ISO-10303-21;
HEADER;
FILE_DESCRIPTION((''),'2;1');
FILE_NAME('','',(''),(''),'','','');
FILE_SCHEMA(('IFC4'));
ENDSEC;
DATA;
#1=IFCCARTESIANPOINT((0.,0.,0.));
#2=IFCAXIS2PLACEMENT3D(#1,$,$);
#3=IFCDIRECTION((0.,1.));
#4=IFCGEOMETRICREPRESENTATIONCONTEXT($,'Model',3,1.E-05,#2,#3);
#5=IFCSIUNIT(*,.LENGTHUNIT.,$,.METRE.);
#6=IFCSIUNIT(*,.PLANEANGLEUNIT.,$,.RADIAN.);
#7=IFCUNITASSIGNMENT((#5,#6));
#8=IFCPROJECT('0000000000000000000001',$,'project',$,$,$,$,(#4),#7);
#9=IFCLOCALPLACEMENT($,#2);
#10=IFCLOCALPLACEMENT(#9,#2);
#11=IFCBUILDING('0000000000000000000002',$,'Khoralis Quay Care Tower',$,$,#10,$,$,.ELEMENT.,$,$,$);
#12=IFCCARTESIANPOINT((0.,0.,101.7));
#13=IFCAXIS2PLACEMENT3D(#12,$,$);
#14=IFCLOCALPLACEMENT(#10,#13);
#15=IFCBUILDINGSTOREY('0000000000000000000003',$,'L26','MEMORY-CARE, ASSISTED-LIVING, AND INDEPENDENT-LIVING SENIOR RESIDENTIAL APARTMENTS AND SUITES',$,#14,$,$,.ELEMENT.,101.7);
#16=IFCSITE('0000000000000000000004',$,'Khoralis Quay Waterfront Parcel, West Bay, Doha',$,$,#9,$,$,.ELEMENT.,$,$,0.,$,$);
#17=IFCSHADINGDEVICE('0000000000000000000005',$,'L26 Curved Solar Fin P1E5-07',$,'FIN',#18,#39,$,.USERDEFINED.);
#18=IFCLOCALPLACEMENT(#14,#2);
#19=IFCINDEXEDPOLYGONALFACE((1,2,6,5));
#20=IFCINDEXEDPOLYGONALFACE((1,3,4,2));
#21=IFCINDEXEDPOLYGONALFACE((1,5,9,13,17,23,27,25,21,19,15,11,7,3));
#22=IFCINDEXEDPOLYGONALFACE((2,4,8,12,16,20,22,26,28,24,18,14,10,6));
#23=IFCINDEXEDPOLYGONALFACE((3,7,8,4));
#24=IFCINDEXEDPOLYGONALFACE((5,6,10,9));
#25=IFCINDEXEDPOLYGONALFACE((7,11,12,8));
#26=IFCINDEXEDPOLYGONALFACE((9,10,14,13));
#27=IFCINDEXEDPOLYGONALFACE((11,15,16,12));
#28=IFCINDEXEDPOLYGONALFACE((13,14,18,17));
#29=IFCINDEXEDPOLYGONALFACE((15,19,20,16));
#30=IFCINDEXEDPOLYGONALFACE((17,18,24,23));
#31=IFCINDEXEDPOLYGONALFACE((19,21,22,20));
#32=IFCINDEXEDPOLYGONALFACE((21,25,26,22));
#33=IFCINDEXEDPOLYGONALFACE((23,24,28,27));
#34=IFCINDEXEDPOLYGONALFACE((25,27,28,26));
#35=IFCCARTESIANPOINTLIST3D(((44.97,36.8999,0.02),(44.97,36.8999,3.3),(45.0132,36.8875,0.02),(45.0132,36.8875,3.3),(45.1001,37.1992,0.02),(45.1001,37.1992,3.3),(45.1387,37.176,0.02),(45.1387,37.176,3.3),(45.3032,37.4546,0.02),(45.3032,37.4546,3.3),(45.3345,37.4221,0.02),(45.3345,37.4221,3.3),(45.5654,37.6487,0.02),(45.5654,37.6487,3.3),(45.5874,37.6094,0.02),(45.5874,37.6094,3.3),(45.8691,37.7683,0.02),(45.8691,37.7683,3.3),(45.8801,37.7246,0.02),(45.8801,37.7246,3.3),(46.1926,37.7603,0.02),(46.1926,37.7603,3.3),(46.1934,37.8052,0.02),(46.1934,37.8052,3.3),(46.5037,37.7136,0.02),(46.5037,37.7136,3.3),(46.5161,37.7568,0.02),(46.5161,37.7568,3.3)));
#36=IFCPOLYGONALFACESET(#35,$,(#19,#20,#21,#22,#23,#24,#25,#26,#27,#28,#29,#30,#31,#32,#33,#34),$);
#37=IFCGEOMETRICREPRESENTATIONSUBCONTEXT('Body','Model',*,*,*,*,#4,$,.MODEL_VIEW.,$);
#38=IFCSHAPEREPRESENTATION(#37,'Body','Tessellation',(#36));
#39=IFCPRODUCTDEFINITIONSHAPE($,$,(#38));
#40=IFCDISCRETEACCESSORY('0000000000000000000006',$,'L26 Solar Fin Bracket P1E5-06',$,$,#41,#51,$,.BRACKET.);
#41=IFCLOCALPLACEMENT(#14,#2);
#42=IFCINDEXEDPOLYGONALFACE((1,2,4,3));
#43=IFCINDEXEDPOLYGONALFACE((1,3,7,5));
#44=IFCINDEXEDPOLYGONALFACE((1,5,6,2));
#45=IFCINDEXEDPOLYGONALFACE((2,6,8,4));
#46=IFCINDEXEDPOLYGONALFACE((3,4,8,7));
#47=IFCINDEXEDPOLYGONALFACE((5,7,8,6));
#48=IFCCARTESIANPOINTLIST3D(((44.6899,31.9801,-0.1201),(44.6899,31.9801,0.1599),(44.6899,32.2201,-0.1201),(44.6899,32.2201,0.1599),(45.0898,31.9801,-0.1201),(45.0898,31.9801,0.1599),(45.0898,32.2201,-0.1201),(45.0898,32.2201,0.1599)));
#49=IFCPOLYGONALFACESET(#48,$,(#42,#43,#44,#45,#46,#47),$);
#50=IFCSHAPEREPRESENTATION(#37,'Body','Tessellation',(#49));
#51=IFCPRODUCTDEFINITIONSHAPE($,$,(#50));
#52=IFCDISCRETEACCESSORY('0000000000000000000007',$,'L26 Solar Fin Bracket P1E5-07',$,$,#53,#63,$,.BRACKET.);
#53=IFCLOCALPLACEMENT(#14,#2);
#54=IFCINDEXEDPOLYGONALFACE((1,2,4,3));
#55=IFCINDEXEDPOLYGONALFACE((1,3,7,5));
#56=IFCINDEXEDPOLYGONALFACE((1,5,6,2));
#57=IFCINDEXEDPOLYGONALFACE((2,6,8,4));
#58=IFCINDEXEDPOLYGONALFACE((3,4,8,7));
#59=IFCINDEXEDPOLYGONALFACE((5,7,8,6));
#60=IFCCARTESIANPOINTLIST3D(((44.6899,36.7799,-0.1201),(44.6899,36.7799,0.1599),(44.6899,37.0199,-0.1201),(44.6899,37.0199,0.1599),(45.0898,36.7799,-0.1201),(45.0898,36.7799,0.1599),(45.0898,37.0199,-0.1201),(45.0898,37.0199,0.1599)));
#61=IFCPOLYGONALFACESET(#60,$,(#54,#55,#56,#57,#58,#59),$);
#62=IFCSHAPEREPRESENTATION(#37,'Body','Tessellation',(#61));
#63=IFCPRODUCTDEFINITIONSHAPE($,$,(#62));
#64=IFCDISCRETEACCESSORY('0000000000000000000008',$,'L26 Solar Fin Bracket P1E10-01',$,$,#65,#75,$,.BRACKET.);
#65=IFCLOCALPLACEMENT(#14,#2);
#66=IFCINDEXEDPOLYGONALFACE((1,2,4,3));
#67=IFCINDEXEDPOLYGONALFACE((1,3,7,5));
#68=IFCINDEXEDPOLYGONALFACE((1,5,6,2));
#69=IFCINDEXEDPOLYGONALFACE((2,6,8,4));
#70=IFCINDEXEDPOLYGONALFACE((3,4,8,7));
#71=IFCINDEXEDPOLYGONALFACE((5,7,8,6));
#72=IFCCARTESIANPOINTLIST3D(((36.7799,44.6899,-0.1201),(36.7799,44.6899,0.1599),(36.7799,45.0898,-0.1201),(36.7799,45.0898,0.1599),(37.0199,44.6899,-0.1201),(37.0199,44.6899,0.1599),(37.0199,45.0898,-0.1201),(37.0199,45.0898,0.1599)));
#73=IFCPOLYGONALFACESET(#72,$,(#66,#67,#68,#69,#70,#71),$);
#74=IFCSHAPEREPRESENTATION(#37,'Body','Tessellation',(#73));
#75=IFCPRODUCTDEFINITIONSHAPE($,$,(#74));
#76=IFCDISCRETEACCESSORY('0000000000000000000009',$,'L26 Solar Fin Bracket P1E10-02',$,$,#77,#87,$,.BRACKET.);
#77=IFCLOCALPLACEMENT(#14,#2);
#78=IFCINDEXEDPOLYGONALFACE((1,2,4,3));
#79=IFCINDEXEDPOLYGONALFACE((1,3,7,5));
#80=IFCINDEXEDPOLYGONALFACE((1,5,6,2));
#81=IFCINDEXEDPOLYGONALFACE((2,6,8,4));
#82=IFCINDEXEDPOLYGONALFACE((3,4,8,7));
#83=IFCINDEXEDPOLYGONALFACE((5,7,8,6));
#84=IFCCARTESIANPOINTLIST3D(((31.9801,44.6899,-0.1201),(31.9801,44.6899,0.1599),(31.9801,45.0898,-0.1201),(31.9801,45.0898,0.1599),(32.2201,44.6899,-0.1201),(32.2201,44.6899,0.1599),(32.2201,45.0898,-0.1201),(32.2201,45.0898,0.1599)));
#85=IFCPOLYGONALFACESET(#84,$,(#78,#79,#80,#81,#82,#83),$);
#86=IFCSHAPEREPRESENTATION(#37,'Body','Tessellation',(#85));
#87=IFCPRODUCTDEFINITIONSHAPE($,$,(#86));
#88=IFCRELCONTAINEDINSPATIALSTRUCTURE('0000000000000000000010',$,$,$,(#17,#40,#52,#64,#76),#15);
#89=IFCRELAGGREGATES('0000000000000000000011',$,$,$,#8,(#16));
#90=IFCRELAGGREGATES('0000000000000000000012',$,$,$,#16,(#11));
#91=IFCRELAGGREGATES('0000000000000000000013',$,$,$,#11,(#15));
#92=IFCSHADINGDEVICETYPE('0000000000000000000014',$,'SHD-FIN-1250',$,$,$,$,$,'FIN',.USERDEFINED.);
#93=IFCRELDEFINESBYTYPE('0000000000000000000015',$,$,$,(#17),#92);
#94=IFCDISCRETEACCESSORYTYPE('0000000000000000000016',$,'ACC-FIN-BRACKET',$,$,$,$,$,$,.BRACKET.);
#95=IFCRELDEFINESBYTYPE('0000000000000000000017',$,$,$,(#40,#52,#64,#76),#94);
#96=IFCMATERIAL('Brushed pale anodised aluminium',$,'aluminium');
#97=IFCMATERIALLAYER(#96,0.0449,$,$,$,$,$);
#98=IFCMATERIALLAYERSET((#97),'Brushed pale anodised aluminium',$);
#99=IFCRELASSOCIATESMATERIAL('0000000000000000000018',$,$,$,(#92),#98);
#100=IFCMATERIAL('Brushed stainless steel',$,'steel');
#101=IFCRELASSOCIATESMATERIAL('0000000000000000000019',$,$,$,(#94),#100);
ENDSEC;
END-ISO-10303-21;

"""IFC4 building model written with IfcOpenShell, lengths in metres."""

from ifc_helpers import new_model, si_unit, direction, frame, origin, origin_2d, place, context, subcontext, project, spatial, polyline, rectangle, outline, extrude, source, transform, mapped, material, layer, layer_set, type_object, element, save


model = new_model("IFC4")

# Units and contexts
model_context = context("Model", 3, precision=1e-05, world=origin(), true_north=direction((0.0, 1.0)))
body_context = subcontext(model_context, "Body", "Model", "MODEL_VIEW")
ifc_project = project(units=[si_unit("LENGTHUNIT", "METRE"), si_unit("PLANEANGLEUNIT", "RADIAN")], contexts=[model_context])

# Site, building, storey
site_placement = place(None, origin())
site = spatial("IfcSite", under=ifc_project, at=site_placement, Name="Khoralis Quay Waterfront Parcel, West Bay, Doha", CompositionType="ELEMENT", RefElevation=0.0)
building_placement = place(site_placement, origin())
building = spatial("IfcBuilding", under=site, at=building_placement, Name="Khoralis Quay Care Tower", CompositionType="ELEMENT")
storey_placement = place(building_placement, frame((0.0, 0.0, 101.7)))
storey = spatial("IfcBuildingStorey", under=building, at=storey_placement, Name="L26", Description="MEMORY-CARE, ASSISTED-LIVING, AND INDEPENDENT-LIVING SENIOR RESIDENTIAL APARTMENTS AND SUITES", CompositionType="ELEMENT", Elevation=101.7)

# Shading device
ifc_material_1 = material(Name="Brushed pale anodised aluminium", Category="aluminium")
ifc_layer_1 = layer(ifc_material_1, 0.0449)
ifc_layer_set_1 = layer_set([ifc_layer_1], Name="Brushed pale anodised aluminium")
shading_device_type = type_object("IfcShadingDeviceType", Name="SHD-FIN-1250", ElementType="FIN", PredefinedType="USERDEFINED", material=ifc_layer_set_1)
shared_shape_1 = source(origin(), body_context, "Body", "SweptSolid", [
    extrude(outline(polyline([(0.0, 0.0), (0.1301, 0.2993), (0.3333, 0.5547), (0.5955, 0.7488), (0.8992, 0.8684), (1.2234, 0.9053), (1.5461, 0.8569), (1.5337, 0.8137), (1.2227, 0.8604), (0.9102, 0.8247), (0.6174, 0.7095), (0.3645, 0.5222), (0.1687, 0.2761), (0.0432, -0.0125), (0.0, 0.0)])), origin(), (0.0, 0.0, 1.0), 3.28),
])
for number, where, z_axis, x_axis, name in (
    (1, (44.97, 36.8999, 0.02), (0.0, 0.0, 1.0), (1.0, 0.0, 0.0), "L26 Curved Solar Fin P1E5-07"),
):
    element("IfcShadingDevice", number, at=place(storey_placement, frame(where, z_axis=z_axis, x_axis=x_axis)), inside=storey, type_object=shading_device_type, Name=name, ObjectType="FIN", PredefinedType="USERDEFINED", context=body_context, shape_type="MappedRepresentation", body=[
        mapped(shared_shape_1, transform((0.0, 0.0, 0.0), scale=1.0)),
    ])

# Discrete accessories
ifc_material_2 = material(Name="Brushed stainless steel", Category="steel")
discrete_accessory_type = type_object("IfcDiscreteAccessoryType", Name="ACC-FIN-BRACKET", PredefinedType="BRACKET", material=ifc_material_2)
shared_shape_2 = source(origin(), body_context, "Body", "SweptSolid", [
    extrude(rectangle(XDim=0.3999, YDim=0.24, at=origin_2d()), origin(), (0.0, 0.0, 1.0), 0.28),
])
for number, where, z_axis, x_axis, name in (
    (2, (44.8899, 32.1001, -0.1201), (0.0, 0.0, 1.0), (1.0, 0.0, 0.0), "L26 Solar Fin Bracket P1E5-06"),
    (3, (44.8899, 36.8999, -0.1201), (0.0, 0.0, 1.0), (1.0, 0.0, 0.0), "L26 Solar Fin Bracket P1E5-07"),
    (4, (36.8999, 44.8899, -0.1201), (0.0, 0.0, 1.0), (0.0, 1.0, 0.0), "L26 Solar Fin Bracket P1E10-01"),
    (5, (32.1001, 44.8899, -0.1201), (0.0, 0.0, 1.0), (0.0, 1.0, 0.0), "L26 Solar Fin Bracket P1E10-02"),
):
    element("IfcDiscreteAccessory", number, at=place(storey_placement, frame(where, z_axis=z_axis, x_axis=x_axis)), inside=storey, type_object=discrete_accessory_type, Name=name, PredefinedType="BRACKET", context=body_context, shape_type="MappedRepresentation", body=[
        mapped(shared_shape_2, transform((0.0, 0.0, 0.0), scale=1.0)),
    ])

save(model, "model.ifc")
